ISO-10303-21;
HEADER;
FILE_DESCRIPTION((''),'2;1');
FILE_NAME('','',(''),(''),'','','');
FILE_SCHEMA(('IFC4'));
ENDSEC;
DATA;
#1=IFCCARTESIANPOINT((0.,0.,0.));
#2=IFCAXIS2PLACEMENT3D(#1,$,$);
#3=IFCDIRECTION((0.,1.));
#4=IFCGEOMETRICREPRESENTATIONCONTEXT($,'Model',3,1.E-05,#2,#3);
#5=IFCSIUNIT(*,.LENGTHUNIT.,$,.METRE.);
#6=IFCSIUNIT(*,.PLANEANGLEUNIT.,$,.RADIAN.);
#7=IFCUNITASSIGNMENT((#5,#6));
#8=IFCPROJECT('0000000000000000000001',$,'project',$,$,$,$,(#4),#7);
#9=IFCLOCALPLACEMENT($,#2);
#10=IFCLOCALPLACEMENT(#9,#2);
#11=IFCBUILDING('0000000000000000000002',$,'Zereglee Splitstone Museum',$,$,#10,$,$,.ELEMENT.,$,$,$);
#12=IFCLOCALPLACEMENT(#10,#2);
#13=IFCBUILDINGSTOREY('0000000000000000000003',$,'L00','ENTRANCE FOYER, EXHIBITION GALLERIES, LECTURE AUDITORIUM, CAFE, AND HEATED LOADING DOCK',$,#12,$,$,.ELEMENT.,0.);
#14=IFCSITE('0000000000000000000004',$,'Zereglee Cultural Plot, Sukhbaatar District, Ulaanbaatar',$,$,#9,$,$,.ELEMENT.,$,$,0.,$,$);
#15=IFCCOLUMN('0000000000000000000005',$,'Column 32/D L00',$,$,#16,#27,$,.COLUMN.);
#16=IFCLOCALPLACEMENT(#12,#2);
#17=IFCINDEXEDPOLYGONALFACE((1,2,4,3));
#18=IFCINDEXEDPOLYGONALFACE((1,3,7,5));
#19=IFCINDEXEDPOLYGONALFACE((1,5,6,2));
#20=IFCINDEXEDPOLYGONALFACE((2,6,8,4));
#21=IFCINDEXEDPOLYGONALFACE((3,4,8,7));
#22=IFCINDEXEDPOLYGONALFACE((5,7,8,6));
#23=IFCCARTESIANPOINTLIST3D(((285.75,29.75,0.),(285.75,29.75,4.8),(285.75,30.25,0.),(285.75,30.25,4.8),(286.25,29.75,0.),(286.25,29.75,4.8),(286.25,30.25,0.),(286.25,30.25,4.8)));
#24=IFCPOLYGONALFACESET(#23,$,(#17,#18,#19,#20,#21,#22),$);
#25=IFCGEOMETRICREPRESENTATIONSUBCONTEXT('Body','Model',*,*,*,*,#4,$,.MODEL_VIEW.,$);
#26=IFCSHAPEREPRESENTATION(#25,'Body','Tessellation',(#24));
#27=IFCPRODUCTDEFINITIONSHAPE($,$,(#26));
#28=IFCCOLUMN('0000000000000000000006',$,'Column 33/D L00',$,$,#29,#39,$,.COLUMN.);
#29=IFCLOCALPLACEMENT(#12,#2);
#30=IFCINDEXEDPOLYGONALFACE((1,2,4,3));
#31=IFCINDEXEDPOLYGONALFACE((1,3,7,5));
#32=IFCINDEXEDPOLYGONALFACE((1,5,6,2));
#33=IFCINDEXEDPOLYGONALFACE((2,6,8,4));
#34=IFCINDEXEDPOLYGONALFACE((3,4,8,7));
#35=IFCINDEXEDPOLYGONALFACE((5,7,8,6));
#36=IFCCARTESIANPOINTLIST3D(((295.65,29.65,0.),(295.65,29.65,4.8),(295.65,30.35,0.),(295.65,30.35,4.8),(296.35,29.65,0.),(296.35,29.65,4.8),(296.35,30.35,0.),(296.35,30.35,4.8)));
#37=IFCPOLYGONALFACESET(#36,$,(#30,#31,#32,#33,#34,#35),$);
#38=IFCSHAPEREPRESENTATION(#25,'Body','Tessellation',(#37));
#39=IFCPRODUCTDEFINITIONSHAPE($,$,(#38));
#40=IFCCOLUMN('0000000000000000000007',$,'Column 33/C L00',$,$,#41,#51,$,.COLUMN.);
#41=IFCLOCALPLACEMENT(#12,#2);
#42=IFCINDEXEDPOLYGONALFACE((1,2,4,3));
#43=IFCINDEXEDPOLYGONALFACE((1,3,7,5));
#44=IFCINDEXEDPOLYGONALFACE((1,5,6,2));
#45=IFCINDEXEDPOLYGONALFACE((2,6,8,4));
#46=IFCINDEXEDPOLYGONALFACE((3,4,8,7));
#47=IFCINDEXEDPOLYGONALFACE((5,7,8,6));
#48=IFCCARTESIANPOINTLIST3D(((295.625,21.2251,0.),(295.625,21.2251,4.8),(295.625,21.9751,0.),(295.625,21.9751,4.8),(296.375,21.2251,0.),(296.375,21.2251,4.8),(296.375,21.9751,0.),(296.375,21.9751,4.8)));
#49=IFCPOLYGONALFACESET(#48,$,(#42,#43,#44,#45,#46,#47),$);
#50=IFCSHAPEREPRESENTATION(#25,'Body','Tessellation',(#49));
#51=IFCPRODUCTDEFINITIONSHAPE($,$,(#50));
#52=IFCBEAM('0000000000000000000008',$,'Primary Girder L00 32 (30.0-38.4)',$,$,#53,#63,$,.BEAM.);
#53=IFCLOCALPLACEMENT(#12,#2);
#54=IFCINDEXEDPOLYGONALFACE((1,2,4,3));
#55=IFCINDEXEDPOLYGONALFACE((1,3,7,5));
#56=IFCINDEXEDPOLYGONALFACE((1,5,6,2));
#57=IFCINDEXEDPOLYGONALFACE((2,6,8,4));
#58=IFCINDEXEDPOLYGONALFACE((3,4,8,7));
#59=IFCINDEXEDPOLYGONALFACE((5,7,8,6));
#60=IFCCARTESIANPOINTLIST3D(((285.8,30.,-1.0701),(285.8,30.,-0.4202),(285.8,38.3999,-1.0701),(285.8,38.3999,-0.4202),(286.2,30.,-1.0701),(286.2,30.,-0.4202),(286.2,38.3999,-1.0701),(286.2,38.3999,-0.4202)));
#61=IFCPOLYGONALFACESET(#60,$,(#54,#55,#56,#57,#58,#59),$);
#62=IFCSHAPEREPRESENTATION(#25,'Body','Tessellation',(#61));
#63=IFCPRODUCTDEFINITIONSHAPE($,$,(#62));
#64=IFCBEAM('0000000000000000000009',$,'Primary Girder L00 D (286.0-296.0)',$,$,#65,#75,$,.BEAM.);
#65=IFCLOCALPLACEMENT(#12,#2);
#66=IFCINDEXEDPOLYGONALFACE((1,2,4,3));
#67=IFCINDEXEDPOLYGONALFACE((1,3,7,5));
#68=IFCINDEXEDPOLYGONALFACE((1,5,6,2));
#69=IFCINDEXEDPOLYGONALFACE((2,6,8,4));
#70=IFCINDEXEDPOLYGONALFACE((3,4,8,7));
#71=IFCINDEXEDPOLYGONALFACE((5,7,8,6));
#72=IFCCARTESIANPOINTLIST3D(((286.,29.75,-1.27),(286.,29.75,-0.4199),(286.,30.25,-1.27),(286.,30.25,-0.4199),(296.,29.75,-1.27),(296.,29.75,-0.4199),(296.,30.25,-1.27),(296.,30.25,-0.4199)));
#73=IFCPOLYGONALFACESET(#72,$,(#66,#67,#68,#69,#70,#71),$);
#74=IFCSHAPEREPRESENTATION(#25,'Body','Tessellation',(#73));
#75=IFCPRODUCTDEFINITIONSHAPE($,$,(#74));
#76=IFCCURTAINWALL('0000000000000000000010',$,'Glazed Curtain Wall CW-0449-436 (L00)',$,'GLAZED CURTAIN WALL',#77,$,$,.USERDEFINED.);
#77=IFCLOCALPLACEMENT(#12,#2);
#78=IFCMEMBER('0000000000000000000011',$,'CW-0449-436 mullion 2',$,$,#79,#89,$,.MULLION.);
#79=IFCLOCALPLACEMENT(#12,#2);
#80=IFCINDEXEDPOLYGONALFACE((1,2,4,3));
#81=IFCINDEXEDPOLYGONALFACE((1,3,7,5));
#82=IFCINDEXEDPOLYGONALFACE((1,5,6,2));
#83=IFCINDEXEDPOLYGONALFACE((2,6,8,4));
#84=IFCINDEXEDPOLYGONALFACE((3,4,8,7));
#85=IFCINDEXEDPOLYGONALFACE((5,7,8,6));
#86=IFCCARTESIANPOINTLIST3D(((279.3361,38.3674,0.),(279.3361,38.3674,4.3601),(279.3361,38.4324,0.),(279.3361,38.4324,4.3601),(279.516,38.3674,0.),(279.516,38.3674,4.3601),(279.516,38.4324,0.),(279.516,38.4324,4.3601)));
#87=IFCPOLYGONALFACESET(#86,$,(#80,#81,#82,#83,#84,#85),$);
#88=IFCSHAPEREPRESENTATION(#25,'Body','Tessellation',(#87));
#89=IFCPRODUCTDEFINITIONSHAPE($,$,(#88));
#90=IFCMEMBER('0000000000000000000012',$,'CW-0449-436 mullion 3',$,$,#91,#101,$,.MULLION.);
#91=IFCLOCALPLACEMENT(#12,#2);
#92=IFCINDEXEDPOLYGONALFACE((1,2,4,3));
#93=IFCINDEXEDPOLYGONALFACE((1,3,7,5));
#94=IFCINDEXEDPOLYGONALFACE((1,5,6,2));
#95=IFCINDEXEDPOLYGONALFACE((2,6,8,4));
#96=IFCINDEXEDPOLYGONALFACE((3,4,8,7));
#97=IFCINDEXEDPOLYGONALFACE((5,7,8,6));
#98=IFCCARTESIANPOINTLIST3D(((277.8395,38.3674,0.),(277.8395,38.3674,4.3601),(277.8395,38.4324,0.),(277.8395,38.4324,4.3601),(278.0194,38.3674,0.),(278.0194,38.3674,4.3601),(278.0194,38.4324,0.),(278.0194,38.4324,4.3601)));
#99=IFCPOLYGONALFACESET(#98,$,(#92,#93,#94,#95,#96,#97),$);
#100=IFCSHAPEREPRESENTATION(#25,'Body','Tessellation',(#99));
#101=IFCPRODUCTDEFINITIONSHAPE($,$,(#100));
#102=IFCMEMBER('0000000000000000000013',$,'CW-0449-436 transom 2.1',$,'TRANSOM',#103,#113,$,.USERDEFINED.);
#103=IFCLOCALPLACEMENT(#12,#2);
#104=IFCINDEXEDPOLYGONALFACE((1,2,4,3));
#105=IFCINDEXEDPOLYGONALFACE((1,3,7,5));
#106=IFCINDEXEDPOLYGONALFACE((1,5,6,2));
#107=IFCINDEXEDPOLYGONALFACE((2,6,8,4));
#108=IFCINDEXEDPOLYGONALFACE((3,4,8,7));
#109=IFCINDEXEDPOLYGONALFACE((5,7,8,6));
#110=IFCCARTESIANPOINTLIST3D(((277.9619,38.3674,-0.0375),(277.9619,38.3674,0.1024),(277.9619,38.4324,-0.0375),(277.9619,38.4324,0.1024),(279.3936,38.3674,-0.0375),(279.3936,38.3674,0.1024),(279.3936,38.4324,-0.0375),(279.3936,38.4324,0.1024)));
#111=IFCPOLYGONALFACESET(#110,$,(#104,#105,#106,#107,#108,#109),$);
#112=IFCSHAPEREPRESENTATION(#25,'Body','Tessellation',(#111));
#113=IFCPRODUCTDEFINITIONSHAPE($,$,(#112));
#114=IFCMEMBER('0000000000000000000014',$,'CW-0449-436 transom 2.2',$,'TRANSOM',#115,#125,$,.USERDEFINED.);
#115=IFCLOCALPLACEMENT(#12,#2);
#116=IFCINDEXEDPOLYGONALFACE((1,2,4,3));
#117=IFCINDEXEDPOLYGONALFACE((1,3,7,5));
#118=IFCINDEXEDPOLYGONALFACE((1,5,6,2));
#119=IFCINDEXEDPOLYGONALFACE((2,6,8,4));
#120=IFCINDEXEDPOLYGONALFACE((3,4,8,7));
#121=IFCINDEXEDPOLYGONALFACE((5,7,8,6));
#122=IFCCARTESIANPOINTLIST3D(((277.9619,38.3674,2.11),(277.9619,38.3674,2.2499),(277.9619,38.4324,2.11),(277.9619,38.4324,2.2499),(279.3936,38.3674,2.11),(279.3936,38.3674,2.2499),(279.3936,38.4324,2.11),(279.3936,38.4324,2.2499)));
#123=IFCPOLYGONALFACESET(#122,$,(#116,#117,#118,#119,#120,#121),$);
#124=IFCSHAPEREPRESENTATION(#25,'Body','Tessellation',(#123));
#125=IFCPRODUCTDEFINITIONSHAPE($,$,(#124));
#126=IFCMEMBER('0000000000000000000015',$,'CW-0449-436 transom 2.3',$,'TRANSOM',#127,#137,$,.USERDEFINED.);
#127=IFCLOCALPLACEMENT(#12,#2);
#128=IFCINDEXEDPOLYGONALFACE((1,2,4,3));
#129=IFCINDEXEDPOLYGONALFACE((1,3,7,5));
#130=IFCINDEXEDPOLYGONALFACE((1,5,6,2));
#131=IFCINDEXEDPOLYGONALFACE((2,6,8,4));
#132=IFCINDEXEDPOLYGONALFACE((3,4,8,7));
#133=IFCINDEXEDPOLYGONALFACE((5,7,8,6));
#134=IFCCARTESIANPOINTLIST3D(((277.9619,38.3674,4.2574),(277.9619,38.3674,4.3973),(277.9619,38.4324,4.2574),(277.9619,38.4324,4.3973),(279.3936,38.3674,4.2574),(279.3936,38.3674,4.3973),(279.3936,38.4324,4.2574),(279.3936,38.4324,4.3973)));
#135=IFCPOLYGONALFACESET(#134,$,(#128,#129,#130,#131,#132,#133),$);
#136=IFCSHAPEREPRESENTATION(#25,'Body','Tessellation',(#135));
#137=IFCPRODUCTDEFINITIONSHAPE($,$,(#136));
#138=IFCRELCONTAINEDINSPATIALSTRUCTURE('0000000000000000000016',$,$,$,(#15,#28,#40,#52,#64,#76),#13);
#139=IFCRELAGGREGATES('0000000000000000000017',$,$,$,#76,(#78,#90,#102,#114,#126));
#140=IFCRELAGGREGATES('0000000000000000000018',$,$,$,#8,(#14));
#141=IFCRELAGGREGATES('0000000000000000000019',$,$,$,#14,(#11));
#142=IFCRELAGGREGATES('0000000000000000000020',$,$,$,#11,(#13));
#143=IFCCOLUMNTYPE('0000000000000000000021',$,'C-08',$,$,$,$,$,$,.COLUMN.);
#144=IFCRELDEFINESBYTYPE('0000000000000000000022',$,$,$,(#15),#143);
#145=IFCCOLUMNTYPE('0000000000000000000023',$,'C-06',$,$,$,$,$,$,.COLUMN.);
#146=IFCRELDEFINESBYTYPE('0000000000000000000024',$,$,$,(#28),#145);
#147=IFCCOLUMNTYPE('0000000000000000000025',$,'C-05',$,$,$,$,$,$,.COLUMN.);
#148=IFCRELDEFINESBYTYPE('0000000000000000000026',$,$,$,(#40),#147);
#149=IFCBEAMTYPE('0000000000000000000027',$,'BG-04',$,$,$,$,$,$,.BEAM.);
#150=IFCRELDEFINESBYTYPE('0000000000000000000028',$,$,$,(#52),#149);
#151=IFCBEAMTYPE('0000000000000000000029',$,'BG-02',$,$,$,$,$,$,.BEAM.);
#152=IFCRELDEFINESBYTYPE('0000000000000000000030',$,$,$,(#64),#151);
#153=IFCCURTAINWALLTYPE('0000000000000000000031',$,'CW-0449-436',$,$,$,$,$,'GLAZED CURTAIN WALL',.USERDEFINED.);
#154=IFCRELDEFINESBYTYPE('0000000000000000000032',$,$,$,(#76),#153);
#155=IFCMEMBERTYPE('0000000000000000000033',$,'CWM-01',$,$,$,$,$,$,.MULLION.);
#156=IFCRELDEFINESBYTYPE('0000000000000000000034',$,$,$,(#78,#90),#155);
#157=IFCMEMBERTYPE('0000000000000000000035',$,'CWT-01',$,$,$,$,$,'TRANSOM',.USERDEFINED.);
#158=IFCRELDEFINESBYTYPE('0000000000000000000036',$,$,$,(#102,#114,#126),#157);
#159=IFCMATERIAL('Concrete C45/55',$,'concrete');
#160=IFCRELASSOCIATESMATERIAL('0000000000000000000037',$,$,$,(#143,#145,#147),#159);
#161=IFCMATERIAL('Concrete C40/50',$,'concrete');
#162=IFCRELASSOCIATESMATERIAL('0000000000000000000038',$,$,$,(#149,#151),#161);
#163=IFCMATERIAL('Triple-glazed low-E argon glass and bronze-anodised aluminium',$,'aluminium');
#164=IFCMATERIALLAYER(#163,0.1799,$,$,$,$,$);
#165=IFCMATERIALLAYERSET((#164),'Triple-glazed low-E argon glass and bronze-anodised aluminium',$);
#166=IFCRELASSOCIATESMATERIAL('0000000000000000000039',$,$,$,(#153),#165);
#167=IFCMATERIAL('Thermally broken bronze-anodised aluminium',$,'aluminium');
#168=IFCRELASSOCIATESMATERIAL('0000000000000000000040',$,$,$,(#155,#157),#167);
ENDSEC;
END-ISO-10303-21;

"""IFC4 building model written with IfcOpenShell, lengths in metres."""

from ifc_helpers import new_model, si_unit, direction, frame, origin, origin_2d, place, context, subcontext, project, spatial, rectangle, extrude, material, layer, layer_set, material_profile, profile_set, type_object, element, aggregate, save


model = new_model("IFC4")

# Units and contexts
model_context = context("Model", 3, precision=1e-05, world=origin(), true_north=direction((0.0, 1.0)))
body_context = subcontext(model_context, "Body", "Model", "MODEL_VIEW")
ifc_project = project(units=[si_unit("LENGTHUNIT", "METRE"), si_unit("PLANEANGLEUNIT", "RADIAN")], contexts=[model_context])

# Site, building, storey
site_placement = place(None, origin())
site = spatial("IfcSite", under=ifc_project, at=site_placement, Name="Zereglee Cultural Plot, Sukhbaatar District, Ulaanbaatar", CompositionType="ELEMENT", RefElevation=0.0)
building_placement = place(site_placement, origin())
building = spatial("IfcBuilding", under=site, at=building_placement, Name="Zereglee Splitstone Museum", CompositionType="ELEMENT")
storey_placement = place(building_placement, origin())
storey = spatial("IfcBuildingStorey", under=building, at=storey_placement, Name="L00", Description="ENTRANCE FOYER, EXHIBITION GALLERIES, LECTURE AUDITORIUM, CAFE, AND HEATED LOADING DOCK", CompositionType="ELEMENT", Elevation=0.0)

# Columns
ifc_material_1 = material(Name="Concrete C45/55", Category="concrete")
ifc_material_profile_1 = material_profile(ifc_material_1, rectangle(XDim=0.5, YDim=0.5, at=origin_2d()), Name="RC 500x500")
ifc_profile_set_1 = profile_set([ifc_material_profile_1], Name="Concrete C45/55")
column_type_1 = type_object("IfcColumnType", Name="C-08", PredefinedType="COLUMN", material=ifc_profile_set_1)
column_1_placement = place(storey_placement, frame((286.0, 30.0, 0.0), z_axis=(0.0, 0.0, 1.0), x_axis=(1.0, 0.0, 0.0)))
element("IfcColumn", 1, at=column_1_placement, inside=storey, type_object=column_type_1, Name="Column 32/D L00", PredefinedType="COLUMN", context=body_context, shape_type="SweptSolid", body=[
    extrude(rectangle(XDim=0.5, YDim=0.5, at=origin_2d()), origin(), (0.0, 0.0, 1.0), 4.8),
])
ifc_material_profile_2 = material_profile(ifc_material_1, rectangle(XDim=0.7, YDim=0.7, at=origin_2d()), Name="RC 700x700")
ifc_profile_set_2 = profile_set([ifc_material_profile_2], Name="Concrete C45/55")
column_type_2 = type_object("IfcColumnType", Name="C-06", PredefinedType="COLUMN", material=ifc_profile_set_2)
column_2_placement = place(storey_placement, frame((296.0, 30.0, 0.0), z_axis=(0.0, 0.0, 1.0), x_axis=(1.0, 0.0, 0.0)))
element("IfcColumn", 2, at=column_2_placement, inside=storey, type_object=column_type_2, Name="Column 33/D L00", PredefinedType="COLUMN", context=body_context, shape_type="SweptSolid", body=[
    extrude(rectangle(XDim=0.7, YDim=0.7, at=origin_2d()), origin(), (0.0, 0.0, 1.0), 4.8),
])
ifc_material_profile_3 = material_profile(ifc_material_1, rectangle(XDim=0.75, YDim=0.75, at=origin_2d()), Name="RC 750x750")
ifc_profile_set_3 = profile_set([ifc_material_profile_3], Name="Concrete C45/55")
column_type_3 = type_object("IfcColumnType", Name="C-05", PredefinedType="COLUMN", material=ifc_profile_set_3)
column_3_placement = place(storey_placement, frame((296.0, 21.6001, 0.0), z_axis=(0.0, 0.0, 1.0), x_axis=(1.0, 0.0, 0.0)))
element("IfcColumn", 3, at=column_3_placement, inside=storey, type_object=column_type_3, Name="Column 33/C L00", PredefinedType="COLUMN", context=body_context, shape_type="SweptSolid", body=[
    extrude(rectangle(XDim=0.75, YDim=0.75, at=origin_2d()), origin(), (0.0, 0.0, 1.0), 4.8),
])

# Beams
ifc_material_2 = material(Name="Concrete C40/50", Category="concrete")
ifc_material_profile_4 = material_profile(ifc_material_2, rectangle(XDim=0.3999, YDim=0.6499, at=origin_2d()), Name="RC 400x650")
ifc_profile_set_4 = profile_set([ifc_material_profile_4], Name="Concrete C40/50")
beam_type_1 = type_object("IfcBeamType", Name="BG-04", PredefinedType="BEAM", material=ifc_profile_set_4)
beam_1_placement = place(storey_placement, frame((286.0, 30.0, -0.7451), z_axis=(0.0, 1.0, 0.0), x_axis=(-1.0, 0.0, 0.0)))
element("IfcBeam", 4, at=beam_1_placement, inside=storey, type_object=beam_type_1, Name="Primary Girder L00 32 (30.0-38.4)", PredefinedType="BEAM", context=body_context, shape_type="SweptSolid", body=[
    extrude(rectangle(XDim=0.3999, YDim=0.6499, at=origin_2d()), origin(), (0.0, 0.0, 1.0), 8.3999),
])
ifc_material_profile_5 = material_profile(ifc_material_2, rectangle(XDim=0.5, YDim=0.8501, at=origin_2d()), Name="RC 500x850")
ifc_profile_set_5 = profile_set([ifc_material_profile_5], Name="Concrete C40/50")
beam_type_2 = type_object("IfcBeamType", Name="BG-02", PredefinedType="BEAM", material=ifc_profile_set_5)
beam_2_placement = place(storey_placement, frame((286.0, 30.0, -0.845), z_axis=(1.0, 0.0, 0.0), x_axis=(0.0, 1.0, 0.0)))
element("IfcBeam", 5, at=beam_2_placement, inside=storey, type_object=beam_type_2, Name="Primary Girder L00 D (286.0-296.0)", PredefinedType="BEAM", context=body_context, shape_type="SweptSolid", body=[
    extrude(rectangle(XDim=0.5, YDim=0.8501, at=origin_2d()), origin(), (0.0, 0.0, 1.0), 10.0),
])

# Curtain wall, members
ifc_material_3 = material(Name="Triple-glazed low-E argon glass and bronze-anodised aluminium", Category="aluminium")
ifc_layer_1 = layer(ifc_material_3, 0.1799)
ifc_layer_set_1 = layer_set([ifc_layer_1], Name="Triple-glazed low-E argon glass and bronze-anodised aluminium")
curtain_wall_type = type_object("IfcCurtainWallType", Name="CW-0449-436", ElementType="GLAZED CURTAIN WALL", PredefinedType="USERDEFINED", material=ifc_layer_set_1)
curtain_wall_placement = place(storey_placement, origin())
curtain_wall = element("IfcCurtainWall", 6, at=curtain_wall_placement, inside=storey, type_object=curtain_wall_type, Name="Glazed Curtain Wall CW-0449-436 (L00)", ObjectType="GLAZED CURTAIN WALL", PredefinedType="USERDEFINED")
ifc_material_4 = material(Name="Thermally broken bronze-anodised aluminium", Category="aluminium")
ifc_material_profile_6 = material_profile(ifc_material_4, rectangle(XDim=0.0649, YDim=0.1799, at=origin_2d()), Name="CW MULL 65x180")
ifc_profile_set_6 = profile_set([ifc_material_profile_6], Name="Thermally broken bronze-anodised aluminium")
member_type_1 = type_object("IfcMemberType", Name="CWM-01", PredefinedType="MULLION", material=ifc_profile_set_6)
member_1_placement = place(storey_placement, frame((279.426, 38.3999, 0.0), z_axis=(0.0, 0.0, 1.0), x_axis=(0.0, -1.0, 0.0)))
member_1 = element("IfcMember", 7, at=member_1_placement, type_object=member_type_1, Name="CW-0449-436 mullion 2", PredefinedType="MULLION", context=body_context, shape_type="SweptSolid", body=[
    extrude(rectangle(XDim=0.0649, YDim=0.1799, at=origin_2d()), origin(), (0.0, 0.0, 1.0), 4.3601),
])
member_2_placement = place(storey_placement, frame((277.9294, 38.3999, 0.0), z_axis=(0.0, 0.0, 1.0), x_axis=(0.0, -1.0, 0.0)))
member_2 = element("IfcMember", 8, at=member_2_placement, type_object=member_type_1, Name="CW-0449-436 mullion 3", PredefinedType="MULLION", context=body_context, shape_type="SweptSolid", body=[
    extrude(rectangle(XDim=0.0649, YDim=0.1799, at=origin_2d()), origin(), (0.0, 0.0, 1.0), 4.3601),
])
ifc_material_profile_7 = material_profile(ifc_material_4, rectangle(XDim=0.0649, YDim=0.1399, at=origin_2d()), Name="CW TRAN 65x140")
ifc_profile_set_7 = profile_set([ifc_material_profile_7], Name="Thermally broken bronze-anodised aluminium")
member_type_2 = type_object("IfcMemberType", Name="CWT-01", ElementType="TRANSOM", PredefinedType="USERDEFINED", material=ifc_profile_set_7)
member_3_placement = place(storey_placement, frame((279.3936, 38.3999, 0.0325), z_axis=(-1.0, 0.0, 0.0), x_axis=(0.0, -1.0, 0.0)))
member_3 = element("IfcMember", 9, at=member_3_placement, type_object=member_type_2, Name="CW-0449-436 transom 2.1", ObjectType="TRANSOM", PredefinedType="USERDEFINED", context=body_context, shape_type="SweptSolid", body=[
    extrude(rectangle(XDim=0.0649, YDim=0.1399, at=origin_2d()), origin(), (0.0, 0.0, 1.0), 1.4316),
])
member_4_placement = place(storey_placement, frame((279.3936, 38.3999, 2.1799), z_axis=(-1.0, 0.0, 0.0), x_axis=(0.0, -1.0, 0.0)))
member_4 = element("IfcMember", 10, at=member_4_placement, type_object=member_type_2, Name="CW-0449-436 transom 2.2", ObjectType="TRANSOM", PredefinedType="USERDEFINED", context=body_context, shape_type="SweptSolid", body=[
    extrude(rectangle(XDim=0.0649, YDim=0.1399, at=origin_2d()), origin(), (0.0, 0.0, 1.0), 1.4316),
])
member_5_placement = place(storey_placement, frame((279.3936, 38.3999, 4.3274), z_axis=(-1.0, 0.0, 0.0), x_axis=(0.0, -1.0, 0.0)))
member_5 = element("IfcMember", 11, at=member_5_placement, type_object=member_type_2, Name="CW-0449-436 transom 2.3", ObjectType="TRANSOM", PredefinedType="USERDEFINED", context=body_context, shape_type="SweptSolid", body=[
    extrude(rectangle(XDim=0.0649, YDim=0.1399, at=origin_2d()), origin(), (0.0, 0.0, 1.0), 1.4316),
])

aggregate(curtain_wall, [member_1, member_2, member_3, member_4, member_5])

save(model, "model.ifc")
